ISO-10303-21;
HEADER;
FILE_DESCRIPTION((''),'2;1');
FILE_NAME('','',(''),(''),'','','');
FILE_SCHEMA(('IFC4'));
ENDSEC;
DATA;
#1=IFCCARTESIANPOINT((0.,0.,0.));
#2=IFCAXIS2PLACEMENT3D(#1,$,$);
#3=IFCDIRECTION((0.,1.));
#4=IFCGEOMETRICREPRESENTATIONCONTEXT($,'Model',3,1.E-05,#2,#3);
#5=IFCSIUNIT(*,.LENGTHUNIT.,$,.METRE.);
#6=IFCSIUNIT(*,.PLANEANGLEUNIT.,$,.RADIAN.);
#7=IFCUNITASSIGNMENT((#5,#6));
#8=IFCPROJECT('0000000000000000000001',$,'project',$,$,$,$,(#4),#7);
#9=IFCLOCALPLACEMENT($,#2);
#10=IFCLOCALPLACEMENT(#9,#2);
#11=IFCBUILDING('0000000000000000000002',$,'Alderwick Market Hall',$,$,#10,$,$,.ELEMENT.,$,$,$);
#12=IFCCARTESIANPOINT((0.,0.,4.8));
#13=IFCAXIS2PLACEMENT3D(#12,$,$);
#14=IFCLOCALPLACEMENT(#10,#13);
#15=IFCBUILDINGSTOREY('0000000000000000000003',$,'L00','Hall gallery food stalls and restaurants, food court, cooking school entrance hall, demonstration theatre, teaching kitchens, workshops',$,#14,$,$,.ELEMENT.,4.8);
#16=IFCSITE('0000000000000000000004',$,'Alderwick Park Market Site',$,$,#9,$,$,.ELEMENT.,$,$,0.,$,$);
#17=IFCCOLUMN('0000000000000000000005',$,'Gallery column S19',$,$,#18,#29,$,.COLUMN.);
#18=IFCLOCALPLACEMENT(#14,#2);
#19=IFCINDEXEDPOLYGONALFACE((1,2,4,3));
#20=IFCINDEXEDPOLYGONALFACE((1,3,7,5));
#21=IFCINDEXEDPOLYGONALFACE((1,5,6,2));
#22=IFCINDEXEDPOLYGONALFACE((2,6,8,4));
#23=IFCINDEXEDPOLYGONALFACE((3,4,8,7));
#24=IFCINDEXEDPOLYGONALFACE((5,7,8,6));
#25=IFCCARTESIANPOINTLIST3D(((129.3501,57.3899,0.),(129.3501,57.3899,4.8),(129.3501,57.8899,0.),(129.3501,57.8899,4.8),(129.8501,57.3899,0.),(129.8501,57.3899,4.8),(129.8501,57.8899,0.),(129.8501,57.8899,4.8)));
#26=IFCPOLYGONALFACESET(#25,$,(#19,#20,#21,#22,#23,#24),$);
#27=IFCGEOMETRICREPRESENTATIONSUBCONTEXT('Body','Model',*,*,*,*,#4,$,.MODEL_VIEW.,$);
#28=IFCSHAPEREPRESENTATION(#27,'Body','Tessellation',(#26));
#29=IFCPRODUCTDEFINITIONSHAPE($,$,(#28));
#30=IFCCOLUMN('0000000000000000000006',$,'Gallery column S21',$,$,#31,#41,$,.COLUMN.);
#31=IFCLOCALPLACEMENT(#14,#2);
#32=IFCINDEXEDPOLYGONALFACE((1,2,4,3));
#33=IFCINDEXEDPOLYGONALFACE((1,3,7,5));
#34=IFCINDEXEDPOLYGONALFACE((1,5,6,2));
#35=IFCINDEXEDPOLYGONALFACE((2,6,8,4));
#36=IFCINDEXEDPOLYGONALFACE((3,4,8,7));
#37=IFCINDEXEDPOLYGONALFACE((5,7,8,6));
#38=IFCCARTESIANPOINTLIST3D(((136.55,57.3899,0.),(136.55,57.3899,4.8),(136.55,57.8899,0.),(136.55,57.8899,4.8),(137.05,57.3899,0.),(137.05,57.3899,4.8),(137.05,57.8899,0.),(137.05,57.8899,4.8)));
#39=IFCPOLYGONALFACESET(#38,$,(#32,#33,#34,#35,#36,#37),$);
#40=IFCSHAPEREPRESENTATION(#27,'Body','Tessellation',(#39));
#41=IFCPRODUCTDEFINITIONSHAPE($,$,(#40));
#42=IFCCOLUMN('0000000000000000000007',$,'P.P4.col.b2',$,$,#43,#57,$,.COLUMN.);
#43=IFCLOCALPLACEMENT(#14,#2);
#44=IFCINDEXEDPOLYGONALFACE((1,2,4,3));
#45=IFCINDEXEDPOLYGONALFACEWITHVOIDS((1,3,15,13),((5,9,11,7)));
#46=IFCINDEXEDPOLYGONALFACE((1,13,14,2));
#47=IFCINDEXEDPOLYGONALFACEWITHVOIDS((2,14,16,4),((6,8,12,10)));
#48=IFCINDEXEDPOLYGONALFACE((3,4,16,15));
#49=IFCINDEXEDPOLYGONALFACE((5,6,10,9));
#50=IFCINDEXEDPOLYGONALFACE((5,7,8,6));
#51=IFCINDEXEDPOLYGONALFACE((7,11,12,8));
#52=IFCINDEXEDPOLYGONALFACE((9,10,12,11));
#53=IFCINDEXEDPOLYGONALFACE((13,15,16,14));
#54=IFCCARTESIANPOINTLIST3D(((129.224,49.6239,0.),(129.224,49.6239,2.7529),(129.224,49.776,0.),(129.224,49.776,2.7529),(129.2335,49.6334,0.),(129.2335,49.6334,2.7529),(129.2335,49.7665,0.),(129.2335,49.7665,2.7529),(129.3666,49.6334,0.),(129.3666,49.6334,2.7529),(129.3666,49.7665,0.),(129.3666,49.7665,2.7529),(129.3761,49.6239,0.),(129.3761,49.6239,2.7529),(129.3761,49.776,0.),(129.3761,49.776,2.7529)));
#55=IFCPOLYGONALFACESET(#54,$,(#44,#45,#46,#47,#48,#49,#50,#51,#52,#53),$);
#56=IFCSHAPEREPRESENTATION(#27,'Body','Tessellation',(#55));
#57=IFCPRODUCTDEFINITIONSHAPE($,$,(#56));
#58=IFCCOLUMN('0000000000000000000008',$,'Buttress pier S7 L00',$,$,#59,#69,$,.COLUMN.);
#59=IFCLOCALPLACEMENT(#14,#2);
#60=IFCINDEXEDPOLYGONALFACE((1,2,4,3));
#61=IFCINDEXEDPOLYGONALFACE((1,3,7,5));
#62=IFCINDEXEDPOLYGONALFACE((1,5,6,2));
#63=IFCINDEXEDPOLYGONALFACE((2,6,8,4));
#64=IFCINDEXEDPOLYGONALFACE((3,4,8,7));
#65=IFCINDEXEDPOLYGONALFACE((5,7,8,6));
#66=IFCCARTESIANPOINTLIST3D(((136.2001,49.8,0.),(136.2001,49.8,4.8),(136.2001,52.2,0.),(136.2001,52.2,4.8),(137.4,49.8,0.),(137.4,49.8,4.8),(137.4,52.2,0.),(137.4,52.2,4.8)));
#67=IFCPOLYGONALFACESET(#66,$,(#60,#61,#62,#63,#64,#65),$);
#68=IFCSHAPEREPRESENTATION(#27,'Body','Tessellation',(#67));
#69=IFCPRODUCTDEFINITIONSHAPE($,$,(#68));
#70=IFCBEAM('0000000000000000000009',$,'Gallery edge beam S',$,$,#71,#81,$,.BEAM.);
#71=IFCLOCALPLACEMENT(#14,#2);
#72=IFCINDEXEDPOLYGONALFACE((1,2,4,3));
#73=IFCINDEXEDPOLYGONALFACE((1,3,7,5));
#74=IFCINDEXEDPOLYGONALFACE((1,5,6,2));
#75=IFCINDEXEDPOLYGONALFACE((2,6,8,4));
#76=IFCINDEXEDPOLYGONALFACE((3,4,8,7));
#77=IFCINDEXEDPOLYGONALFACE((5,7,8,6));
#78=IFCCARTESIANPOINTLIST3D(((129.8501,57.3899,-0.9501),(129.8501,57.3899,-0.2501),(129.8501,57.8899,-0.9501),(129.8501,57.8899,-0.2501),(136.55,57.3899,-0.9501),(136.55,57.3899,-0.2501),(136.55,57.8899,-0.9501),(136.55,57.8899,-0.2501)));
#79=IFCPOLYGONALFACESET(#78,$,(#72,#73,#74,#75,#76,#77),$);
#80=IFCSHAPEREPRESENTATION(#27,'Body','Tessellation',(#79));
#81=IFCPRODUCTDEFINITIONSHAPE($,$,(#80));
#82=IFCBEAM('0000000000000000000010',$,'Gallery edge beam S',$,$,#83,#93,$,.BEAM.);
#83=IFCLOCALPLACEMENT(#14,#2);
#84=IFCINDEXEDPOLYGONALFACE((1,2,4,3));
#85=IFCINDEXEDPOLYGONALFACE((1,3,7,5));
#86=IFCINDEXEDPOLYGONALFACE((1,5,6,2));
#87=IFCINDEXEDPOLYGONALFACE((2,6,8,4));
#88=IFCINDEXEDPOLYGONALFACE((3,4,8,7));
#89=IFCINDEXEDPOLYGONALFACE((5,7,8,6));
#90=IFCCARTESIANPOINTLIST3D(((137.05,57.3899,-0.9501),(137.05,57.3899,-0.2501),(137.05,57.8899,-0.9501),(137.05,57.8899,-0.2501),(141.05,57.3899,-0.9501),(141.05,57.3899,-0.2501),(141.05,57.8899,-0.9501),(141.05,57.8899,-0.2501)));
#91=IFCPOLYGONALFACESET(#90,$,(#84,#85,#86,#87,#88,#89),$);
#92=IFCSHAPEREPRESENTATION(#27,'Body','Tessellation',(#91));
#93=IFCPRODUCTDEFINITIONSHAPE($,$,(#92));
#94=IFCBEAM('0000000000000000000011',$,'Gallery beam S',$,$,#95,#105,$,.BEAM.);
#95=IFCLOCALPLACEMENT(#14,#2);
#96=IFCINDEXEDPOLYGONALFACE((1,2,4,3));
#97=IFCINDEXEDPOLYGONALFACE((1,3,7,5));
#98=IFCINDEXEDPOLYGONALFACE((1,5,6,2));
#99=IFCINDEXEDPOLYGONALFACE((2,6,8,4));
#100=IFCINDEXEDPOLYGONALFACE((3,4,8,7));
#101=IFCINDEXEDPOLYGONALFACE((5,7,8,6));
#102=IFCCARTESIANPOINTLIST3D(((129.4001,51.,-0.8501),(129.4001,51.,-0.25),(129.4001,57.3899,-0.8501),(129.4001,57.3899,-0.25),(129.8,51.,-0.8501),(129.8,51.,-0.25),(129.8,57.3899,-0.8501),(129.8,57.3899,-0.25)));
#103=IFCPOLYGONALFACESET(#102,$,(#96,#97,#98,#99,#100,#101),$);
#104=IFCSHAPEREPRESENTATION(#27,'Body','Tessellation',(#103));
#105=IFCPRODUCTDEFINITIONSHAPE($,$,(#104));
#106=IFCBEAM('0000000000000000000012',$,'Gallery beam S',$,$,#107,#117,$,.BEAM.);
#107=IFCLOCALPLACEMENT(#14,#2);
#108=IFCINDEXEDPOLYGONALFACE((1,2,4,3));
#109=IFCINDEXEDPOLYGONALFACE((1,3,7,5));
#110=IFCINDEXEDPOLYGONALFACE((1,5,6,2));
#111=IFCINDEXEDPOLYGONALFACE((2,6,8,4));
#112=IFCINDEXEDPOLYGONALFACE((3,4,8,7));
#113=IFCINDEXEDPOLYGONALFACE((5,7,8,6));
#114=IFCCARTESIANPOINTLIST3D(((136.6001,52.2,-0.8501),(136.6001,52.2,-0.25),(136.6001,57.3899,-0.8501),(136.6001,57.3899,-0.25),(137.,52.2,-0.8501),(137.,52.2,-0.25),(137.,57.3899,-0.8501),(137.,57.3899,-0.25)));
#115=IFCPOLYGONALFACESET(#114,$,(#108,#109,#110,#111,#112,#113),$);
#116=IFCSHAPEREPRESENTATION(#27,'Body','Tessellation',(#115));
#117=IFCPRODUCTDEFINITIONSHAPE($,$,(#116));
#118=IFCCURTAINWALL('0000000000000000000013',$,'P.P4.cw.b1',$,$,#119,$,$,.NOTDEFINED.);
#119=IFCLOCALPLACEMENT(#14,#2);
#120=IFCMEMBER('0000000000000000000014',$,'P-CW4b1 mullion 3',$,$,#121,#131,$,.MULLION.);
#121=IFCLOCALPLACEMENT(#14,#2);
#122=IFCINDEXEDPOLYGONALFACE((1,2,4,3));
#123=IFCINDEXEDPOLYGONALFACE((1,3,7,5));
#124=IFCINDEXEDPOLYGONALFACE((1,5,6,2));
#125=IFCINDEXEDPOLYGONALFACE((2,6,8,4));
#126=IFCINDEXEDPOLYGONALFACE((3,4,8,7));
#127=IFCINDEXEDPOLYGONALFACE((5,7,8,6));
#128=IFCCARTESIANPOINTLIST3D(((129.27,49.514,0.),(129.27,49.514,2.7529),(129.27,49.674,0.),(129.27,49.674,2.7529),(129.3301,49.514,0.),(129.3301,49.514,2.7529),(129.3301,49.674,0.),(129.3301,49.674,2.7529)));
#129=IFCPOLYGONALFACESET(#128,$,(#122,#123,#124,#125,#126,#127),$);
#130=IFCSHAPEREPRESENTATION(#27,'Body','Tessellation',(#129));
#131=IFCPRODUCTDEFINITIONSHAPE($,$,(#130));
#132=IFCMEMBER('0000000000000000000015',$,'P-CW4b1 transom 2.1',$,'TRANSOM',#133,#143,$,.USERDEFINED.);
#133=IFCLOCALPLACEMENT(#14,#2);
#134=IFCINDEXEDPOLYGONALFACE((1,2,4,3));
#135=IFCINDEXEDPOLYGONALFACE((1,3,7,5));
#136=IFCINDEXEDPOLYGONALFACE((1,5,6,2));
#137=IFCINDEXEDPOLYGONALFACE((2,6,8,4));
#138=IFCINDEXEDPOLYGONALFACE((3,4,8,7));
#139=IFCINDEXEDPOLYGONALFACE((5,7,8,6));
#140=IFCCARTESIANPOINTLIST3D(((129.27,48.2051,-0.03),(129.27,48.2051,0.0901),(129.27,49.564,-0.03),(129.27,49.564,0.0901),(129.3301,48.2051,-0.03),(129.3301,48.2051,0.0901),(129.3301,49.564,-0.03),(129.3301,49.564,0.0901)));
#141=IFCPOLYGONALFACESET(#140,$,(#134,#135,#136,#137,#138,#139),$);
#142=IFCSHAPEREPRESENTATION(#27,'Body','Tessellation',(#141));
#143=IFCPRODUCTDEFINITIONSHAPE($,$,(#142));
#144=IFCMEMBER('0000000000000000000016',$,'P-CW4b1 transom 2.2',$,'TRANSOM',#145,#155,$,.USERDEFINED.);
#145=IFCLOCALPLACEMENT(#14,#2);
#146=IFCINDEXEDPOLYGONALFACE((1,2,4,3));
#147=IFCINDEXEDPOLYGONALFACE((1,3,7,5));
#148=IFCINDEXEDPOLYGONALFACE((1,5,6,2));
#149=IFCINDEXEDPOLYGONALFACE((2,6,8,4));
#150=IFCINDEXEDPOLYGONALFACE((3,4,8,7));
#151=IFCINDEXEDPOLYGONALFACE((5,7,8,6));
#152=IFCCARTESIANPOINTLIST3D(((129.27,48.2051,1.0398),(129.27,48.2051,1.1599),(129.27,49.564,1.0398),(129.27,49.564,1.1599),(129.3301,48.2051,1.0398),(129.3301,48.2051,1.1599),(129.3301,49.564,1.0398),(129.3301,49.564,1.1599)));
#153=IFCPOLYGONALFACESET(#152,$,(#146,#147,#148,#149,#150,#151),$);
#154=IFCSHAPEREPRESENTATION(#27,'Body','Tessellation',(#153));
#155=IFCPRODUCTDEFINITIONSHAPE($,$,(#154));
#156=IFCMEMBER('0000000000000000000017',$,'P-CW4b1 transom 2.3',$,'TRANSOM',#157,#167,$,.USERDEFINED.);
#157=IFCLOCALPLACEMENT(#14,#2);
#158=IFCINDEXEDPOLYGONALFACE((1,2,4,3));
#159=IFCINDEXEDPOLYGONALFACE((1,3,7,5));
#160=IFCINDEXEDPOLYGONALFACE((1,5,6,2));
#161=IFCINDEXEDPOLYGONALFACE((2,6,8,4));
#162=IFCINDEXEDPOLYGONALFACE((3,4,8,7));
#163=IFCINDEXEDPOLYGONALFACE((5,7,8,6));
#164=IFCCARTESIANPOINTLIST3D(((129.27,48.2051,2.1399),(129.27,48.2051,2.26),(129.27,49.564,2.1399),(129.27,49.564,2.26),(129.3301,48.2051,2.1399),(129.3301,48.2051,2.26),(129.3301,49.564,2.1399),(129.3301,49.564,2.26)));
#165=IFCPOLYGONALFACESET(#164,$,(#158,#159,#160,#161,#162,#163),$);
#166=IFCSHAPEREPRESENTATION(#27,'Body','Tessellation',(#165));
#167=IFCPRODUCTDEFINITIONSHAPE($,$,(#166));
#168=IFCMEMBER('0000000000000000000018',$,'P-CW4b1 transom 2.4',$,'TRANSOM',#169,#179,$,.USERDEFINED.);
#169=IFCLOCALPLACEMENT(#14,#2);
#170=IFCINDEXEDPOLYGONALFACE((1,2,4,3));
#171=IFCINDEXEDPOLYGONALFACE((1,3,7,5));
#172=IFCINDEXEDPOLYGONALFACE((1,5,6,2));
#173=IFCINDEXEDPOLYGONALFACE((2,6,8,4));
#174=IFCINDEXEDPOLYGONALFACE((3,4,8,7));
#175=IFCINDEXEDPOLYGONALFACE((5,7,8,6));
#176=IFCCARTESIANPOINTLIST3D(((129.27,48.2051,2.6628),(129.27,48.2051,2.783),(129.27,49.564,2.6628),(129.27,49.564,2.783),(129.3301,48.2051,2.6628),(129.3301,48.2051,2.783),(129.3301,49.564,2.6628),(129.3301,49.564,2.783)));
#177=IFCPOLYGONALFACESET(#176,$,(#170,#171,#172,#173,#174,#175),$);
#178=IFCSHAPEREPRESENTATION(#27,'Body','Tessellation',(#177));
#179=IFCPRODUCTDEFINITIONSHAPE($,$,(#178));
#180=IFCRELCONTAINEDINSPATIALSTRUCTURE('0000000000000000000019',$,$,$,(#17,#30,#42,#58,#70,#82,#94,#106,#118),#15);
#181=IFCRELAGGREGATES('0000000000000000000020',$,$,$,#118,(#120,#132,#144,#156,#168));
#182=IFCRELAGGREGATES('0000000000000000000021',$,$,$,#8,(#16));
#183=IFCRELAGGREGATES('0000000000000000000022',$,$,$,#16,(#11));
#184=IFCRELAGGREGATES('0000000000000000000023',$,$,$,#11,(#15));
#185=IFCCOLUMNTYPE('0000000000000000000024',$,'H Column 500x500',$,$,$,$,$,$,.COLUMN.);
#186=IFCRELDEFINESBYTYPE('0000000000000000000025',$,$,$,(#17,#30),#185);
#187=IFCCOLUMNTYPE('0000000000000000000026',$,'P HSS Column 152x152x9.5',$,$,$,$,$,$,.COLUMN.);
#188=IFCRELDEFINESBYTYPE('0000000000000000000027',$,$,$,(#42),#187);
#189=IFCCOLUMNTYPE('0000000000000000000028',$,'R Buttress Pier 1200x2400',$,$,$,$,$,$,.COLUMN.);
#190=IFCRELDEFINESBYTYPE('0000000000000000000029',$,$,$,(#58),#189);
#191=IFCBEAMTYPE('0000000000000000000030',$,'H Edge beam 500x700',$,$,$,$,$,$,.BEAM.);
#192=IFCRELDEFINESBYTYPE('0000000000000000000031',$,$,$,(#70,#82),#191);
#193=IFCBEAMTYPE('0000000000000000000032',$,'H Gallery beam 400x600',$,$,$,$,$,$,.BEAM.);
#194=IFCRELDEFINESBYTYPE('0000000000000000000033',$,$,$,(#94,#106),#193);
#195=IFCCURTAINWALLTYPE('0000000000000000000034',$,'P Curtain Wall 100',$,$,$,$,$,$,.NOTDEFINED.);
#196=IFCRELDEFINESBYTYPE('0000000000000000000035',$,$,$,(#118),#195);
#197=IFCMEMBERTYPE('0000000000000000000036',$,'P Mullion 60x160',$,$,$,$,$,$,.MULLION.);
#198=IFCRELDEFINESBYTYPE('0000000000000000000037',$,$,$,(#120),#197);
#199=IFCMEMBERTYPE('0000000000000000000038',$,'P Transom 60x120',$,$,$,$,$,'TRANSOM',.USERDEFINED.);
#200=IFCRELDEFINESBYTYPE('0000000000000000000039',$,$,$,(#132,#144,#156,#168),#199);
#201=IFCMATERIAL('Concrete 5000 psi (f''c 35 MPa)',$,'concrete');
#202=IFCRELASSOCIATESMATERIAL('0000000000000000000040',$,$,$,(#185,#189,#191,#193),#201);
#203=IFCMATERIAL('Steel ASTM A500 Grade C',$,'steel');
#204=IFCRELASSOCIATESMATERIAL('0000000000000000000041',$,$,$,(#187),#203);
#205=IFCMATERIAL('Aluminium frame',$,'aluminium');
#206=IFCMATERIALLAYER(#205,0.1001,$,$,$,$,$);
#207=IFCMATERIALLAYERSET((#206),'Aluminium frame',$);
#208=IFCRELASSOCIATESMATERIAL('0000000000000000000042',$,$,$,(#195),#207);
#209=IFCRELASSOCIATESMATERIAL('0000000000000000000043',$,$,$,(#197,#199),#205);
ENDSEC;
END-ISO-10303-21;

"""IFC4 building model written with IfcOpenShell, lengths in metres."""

from ifc_helpers import new_model, si_unit, direction, frame, origin, origin_2d, place, context, subcontext, project, spatial, rectangle, hollow_rectangle, extrude, material, layer, layer_set, material_profile, profile_set, type_object, element, aggregate, save


model = new_model("IFC4")

# Units and contexts
model_context = context("Model", 3, precision=1e-05, world=origin(), true_north=direction((0.0, 1.0)))
body_context = subcontext(model_context, "Body", "Model", "MODEL_VIEW")
ifc_project = project(units=[si_unit("LENGTHUNIT", "METRE"), si_unit("PLANEANGLEUNIT", "RADIAN")], contexts=[model_context])

# Site, building, storey
site_placement = place(None, origin())
site = spatial("IfcSite", under=ifc_project, at=site_placement, Name="Alderwick Park Market Site", CompositionType="ELEMENT", RefElevation=0.0)
building_placement = place(site_placement, origin())
building = spatial("IfcBuilding", under=site, at=building_placement, Name="Alderwick Market Hall", CompositionType="ELEMENT")
storey_placement = place(building_placement, frame((0.0, 0.0, 4.8)))
storey = spatial("IfcBuildingStorey", under=building, at=storey_placement, Name="L00", Description="Hall gallery food stalls and restaurants, food court, cooking school entrance hall, demonstration theatre, teaching kitchens, workshops", CompositionType="ELEMENT", Elevation=4.8)

# Columns
ifc_material_1 = material(Name="Concrete 5000 psi (f'c 35 MPa)", Category="concrete")
ifc_material_profile_1 = material_profile(ifc_material_1, rectangle(XDim=0.5, YDim=0.5, at=origin_2d()), Name="RC 500x500")
ifc_profile_set_1 = profile_set([ifc_material_profile_1], Name="Concrete 5000 psi (f'c 35 MPa)")
column_type_1 = type_object("IfcColumnType", Name="H Column 500x500", PredefinedType="COLUMN", material=ifc_profile_set_1)
for number, where, z_axis, x_axis, name in (
    (1, (129.6001, 57.6399, 0.0), (0.0, 0.0, 1.0), (1.0, 0.0, 0.0), "Gallery column S19"),
    (2, (136.8, 57.6399, 0.0), (0.0, 0.0, 1.0), (1.0, 0.0, 0.0), "Gallery column S21"),
):
    element("IfcColumn", number, at=place(storey_placement, frame(where, z_axis=z_axis, x_axis=x_axis)), inside=storey, type_object=column_type_1, Name=name, PredefinedType="COLUMN", context=body_context, shape_type="SweptSolid", body=[
        extrude(rectangle(XDim=0.5, YDim=0.5, at=origin_2d()), origin(), (0.0, 0.0, 1.0), 4.8),
    ])
ifc_material_2 = material(Name="Steel ASTM A500 Grade C", Category="steel")
ifc_material_profile_2 = material_profile(ifc_material_2, hollow_rectangle(XDim=0.1521, YDim=0.1521, WallThickness=0.0095, at=origin_2d()), Name="HSS152x152x9.5")
ifc_profile_set_2 = profile_set([ifc_material_profile_2], Name="Steel ASTM A500 Grade C")
column_type_2 = type_object("IfcColumnType", Name="P HSS Column 152x152x9.5", PredefinedType="COLUMN", material=ifc_profile_set_2)
column_1_placement = place(storey_placement, frame((129.3, 49.7, 0.0), z_axis=(0.0, 0.0, 1.0), x_axis=(1.0, 0.0, 0.0)))
element("IfcColumn", 3, at=column_1_placement, inside=storey, type_object=column_type_2, Name="P.P4.col.b2", PredefinedType="COLUMN", context=body_context, shape_type="SweptSolid", body=[
    extrude(hollow_rectangle(XDim=0.1521, YDim=0.1521, WallThickness=0.0095, at=origin_2d()), origin(), (0.0, 0.0, 1.0), 2.7529),
])
ifc_material_profile_3 = material_profile(ifc_material_1, rectangle(XDim=1.2, YDim=2.3999, at=origin_2d()), Name="RC 1200x2400")
ifc_profile_set_3 = profile_set([ifc_material_profile_3], Name="Concrete 5000 psi (f'c 35 MPa)")
column_type_3 = type_object("IfcColumnType", Name="R Buttress Pier 1200x2400", PredefinedType="COLUMN", material=ifc_profile_set_3)
column_2_placement = place(storey_placement, frame((136.8, 51.0, 0.0), z_axis=(0.0, 0.0, 1.0), x_axis=(1.0, 0.0, 0.0)))
element("IfcColumn", 4, at=column_2_placement, inside=storey, type_object=column_type_3, Name="Buttress pier S7 L00", PredefinedType="COLUMN", context=body_context, shape_type="SweptSolid", body=[
    extrude(rectangle(XDim=1.2, YDim=2.3999, at=origin_2d()), origin(), (0.0, 0.0, 1.0), 4.8),
])

# Beams
ifc_material_profile_4 = material_profile(ifc_material_1, rectangle(XDim=0.5, YDim=0.7, at=origin_2d()), Name="RC 500x700")
ifc_profile_set_4 = profile_set([ifc_material_profile_4], Name="Concrete 5000 psi (f'c 35 MPa)")
beam_type_1 = type_object("IfcBeamType", Name="H Edge beam 500x700", PredefinedType="BEAM", material=ifc_profile_set_4)
beam_1_placement = place(storey_placement, frame((129.8501, 57.6399, -0.6001), z_axis=(1.0, 0.0, 0.0), x_axis=(0.0, 1.0, 0.0)))
element("IfcBeam", 5, at=beam_1_placement, inside=storey, type_object=beam_type_1, Name="Gallery edge beam S", PredefinedType="BEAM", context=body_context, shape_type="SweptSolid", body=[
    extrude(rectangle(XDim=0.5, YDim=0.7, at=origin_2d()), origin(), (0.0, 0.0, 1.0), 6.7),
])
beam_2_placement = place(storey_placement, frame((137.05, 57.6399, -0.6001), z_axis=(1.0, 0.0, 0.0), x_axis=(0.0, 1.0, 0.0)))
element("IfcBeam", 6, at=beam_2_placement, inside=storey, type_object=beam_type_1, Name="Gallery edge beam S", PredefinedType="BEAM", context=body_context, shape_type="SweptSolid", body=[
    extrude(rectangle(XDim=0.5, YDim=0.7, at=origin_2d()), origin(), (0.0, 0.0, 1.0), 4.0),
])
ifc_material_profile_5 = material_profile(ifc_material_1, rectangle(XDim=0.3999, YDim=0.6001, at=origin_2d()), Name="RC 400x600")
ifc_profile_set_5 = profile_set([ifc_material_profile_5], Name="Concrete 5000 psi (f'c 35 MPa)")
beam_type_2 = type_object("IfcBeamType", Name="H Gallery beam 400x600", PredefinedType="BEAM", material=ifc_profile_set_5)
beam_3_placement = place(storey_placement, frame((129.6001, 51.0, -0.55), z_axis=(0.0, 1.0, 0.0), x_axis=(-1.0, 0.0, 0.0)))
element("IfcBeam", 7, at=beam_3_placement, inside=storey, type_object=beam_type_2, Name="Gallery beam S", PredefinedType="BEAM", context=body_context, shape_type="SweptSolid", body=[
    extrude(rectangle(XDim=0.3999, YDim=0.6001, at=origin_2d()), origin(), (0.0, 0.0, 1.0), 6.3899),
])
beam_4_placement = place(storey_placement, frame((136.8, 52.2, -0.55), z_axis=(0.0, 1.0, 0.0), x_axis=(-1.0, 0.0, 0.0)))
element("IfcBeam", 8, at=beam_4_placement, inside=storey, type_object=beam_type_2, Name="Gallery beam S", PredefinedType="BEAM", context=body_context, shape_type="SweptSolid", body=[
    extrude(rectangle(XDim=0.3999, YDim=0.6001, at=origin_2d()), origin(), (0.0, 0.0, 1.0), 5.1899),
])

# Curtain wall, members
ifc_material_3 = material(Name="Aluminium frame", Category="aluminium")
ifc_layer_1 = layer(ifc_material_3, 0.1001)
ifc_layer_set_1 = layer_set([ifc_layer_1], Name="Aluminium frame")
curtain_wall_type = type_object("IfcCurtainWallType", Name="P Curtain Wall 100", PredefinedType="NOTDEFINED", material=ifc_layer_set_1)
curtain_wall_placement = place(storey_placement, origin())
curtain_wall = element("IfcCurtainWall", 9, at=curtain_wall_placement, inside=storey, type_object=curtain_wall_type, Name="P.P4.cw.b1", PredefinedType="NOTDEFINED")
ifc_material_profile_6 = material_profile(ifc_material_3, rectangle(XDim=0.0601, YDim=0.1599, at=origin_2d()), Name="P Mullion 60x160")
ifc_profile_set_6 = profile_set([ifc_material_profile_6], Name="Aluminium frame")
member_type_1 = type_object("IfcMemberType", Name="P Mullion 60x160", PredefinedType="MULLION", material=ifc_profile_set_6)
member_1_placement = place(storey_placement, frame((129.3, 49.594, 0.0), z_axis=(0.0, 0.0, 1.0), x_axis=(-1.0, 0.0, 0.0)))
member_1 = element("IfcMember", 10, at=member_1_placement, type_object=member_type_1, Name="P-CW4b1 mullion 3", PredefinedType="MULLION", context=body_context, shape_type="SweptSolid", body=[
    extrude(rectangle(XDim=0.0601, YDim=0.1599, at=origin_2d()), origin(), (0.0, 0.0, 1.0), 2.7529),
])
ifc_material_profile_7 = material_profile(ifc_material_3, rectangle(XDim=0.0601, YDim=0.1201, at=origin_2d()), Name="P Transom 60x120")
ifc_profile_set_7 = profile_set([ifc_material_profile_7], Name="Aluminium frame")
member_type_2 = type_object("IfcMemberType", Name="P Transom 60x120", ElementType="TRANSOM", PredefinedType="USERDEFINED", material=ifc_profile_set_7)
member_2_placement = place(storey_placement, frame((129.3, 48.2051, 0.03), z_axis=(0.0, 1.0, 0.0), x_axis=(-1.0, 0.0, 0.0)))
member_2 = element("IfcMember", 11, at=member_2_placement, type_object=member_type_2, Name="P-CW4b1 transom 2.1", ObjectType="TRANSOM", PredefinedType="USERDEFINED", context=body_context, shape_type="SweptSolid", body=[
    extrude(rectangle(XDim=0.0601, YDim=0.1201, at=origin_2d()), origin(), (0.0, 0.0, 1.0), 1.3589),
])
member_3_placement = place(storey_placement, frame((129.3, 48.2051, 1.0999), z_axis=(0.0, 1.0, 0.0), x_axis=(-1.0, 0.0, 0.0)))
member_3 = element("IfcMember", 12, at=member_3_placement, type_object=member_type_2, Name="P-CW4b1 transom 2.2", ObjectType="TRANSOM", PredefinedType="USERDEFINED", context=body_context, shape_type="SweptSolid", body=[
    extrude(rectangle(XDim=0.0601, YDim=0.1201, at=origin_2d()), origin(), (0.0, 0.0, 1.0), 1.3589),
])
member_4_placement = place(storey_placement, frame((129.3, 48.2051, 2.2), z_axis=(0.0, 1.0, 0.0), x_axis=(-1.0, 0.0, 0.0)))
member_4 = element("IfcMember", 13, at=member_4_placement, type_object=member_type_2, Name="P-CW4b1 transom 2.3", ObjectType="TRANSOM", PredefinedType="USERDEFINED", context=body_context, shape_type="SweptSolid", body=[
    extrude(rectangle(XDim=0.0601, YDim=0.1201, at=origin_2d()), origin(), (0.0, 0.0, 1.0), 1.3589),
])
member_5_placement = place(storey_placement, frame((129.3, 48.2051, 2.7229), z_axis=(0.0, 1.0, 0.0), x_axis=(-1.0, 0.0, 0.0)))
member_5 = element("IfcMember", 14, at=member_5_placement, type_object=member_type_2, Name="P-CW4b1 transom 2.4", ObjectType="TRANSOM", PredefinedType="USERDEFINED", context=body_context, shape_type="SweptSolid", body=[
    extrude(rectangle(XDim=0.0601, YDim=0.1201, at=origin_2d()), origin(), (0.0, 0.0, 1.0), 1.3589),
])
aggregate(curtain_wall, [member_1, member_2, member_3, member_4, member_5])

save(model, "model.ifc")
